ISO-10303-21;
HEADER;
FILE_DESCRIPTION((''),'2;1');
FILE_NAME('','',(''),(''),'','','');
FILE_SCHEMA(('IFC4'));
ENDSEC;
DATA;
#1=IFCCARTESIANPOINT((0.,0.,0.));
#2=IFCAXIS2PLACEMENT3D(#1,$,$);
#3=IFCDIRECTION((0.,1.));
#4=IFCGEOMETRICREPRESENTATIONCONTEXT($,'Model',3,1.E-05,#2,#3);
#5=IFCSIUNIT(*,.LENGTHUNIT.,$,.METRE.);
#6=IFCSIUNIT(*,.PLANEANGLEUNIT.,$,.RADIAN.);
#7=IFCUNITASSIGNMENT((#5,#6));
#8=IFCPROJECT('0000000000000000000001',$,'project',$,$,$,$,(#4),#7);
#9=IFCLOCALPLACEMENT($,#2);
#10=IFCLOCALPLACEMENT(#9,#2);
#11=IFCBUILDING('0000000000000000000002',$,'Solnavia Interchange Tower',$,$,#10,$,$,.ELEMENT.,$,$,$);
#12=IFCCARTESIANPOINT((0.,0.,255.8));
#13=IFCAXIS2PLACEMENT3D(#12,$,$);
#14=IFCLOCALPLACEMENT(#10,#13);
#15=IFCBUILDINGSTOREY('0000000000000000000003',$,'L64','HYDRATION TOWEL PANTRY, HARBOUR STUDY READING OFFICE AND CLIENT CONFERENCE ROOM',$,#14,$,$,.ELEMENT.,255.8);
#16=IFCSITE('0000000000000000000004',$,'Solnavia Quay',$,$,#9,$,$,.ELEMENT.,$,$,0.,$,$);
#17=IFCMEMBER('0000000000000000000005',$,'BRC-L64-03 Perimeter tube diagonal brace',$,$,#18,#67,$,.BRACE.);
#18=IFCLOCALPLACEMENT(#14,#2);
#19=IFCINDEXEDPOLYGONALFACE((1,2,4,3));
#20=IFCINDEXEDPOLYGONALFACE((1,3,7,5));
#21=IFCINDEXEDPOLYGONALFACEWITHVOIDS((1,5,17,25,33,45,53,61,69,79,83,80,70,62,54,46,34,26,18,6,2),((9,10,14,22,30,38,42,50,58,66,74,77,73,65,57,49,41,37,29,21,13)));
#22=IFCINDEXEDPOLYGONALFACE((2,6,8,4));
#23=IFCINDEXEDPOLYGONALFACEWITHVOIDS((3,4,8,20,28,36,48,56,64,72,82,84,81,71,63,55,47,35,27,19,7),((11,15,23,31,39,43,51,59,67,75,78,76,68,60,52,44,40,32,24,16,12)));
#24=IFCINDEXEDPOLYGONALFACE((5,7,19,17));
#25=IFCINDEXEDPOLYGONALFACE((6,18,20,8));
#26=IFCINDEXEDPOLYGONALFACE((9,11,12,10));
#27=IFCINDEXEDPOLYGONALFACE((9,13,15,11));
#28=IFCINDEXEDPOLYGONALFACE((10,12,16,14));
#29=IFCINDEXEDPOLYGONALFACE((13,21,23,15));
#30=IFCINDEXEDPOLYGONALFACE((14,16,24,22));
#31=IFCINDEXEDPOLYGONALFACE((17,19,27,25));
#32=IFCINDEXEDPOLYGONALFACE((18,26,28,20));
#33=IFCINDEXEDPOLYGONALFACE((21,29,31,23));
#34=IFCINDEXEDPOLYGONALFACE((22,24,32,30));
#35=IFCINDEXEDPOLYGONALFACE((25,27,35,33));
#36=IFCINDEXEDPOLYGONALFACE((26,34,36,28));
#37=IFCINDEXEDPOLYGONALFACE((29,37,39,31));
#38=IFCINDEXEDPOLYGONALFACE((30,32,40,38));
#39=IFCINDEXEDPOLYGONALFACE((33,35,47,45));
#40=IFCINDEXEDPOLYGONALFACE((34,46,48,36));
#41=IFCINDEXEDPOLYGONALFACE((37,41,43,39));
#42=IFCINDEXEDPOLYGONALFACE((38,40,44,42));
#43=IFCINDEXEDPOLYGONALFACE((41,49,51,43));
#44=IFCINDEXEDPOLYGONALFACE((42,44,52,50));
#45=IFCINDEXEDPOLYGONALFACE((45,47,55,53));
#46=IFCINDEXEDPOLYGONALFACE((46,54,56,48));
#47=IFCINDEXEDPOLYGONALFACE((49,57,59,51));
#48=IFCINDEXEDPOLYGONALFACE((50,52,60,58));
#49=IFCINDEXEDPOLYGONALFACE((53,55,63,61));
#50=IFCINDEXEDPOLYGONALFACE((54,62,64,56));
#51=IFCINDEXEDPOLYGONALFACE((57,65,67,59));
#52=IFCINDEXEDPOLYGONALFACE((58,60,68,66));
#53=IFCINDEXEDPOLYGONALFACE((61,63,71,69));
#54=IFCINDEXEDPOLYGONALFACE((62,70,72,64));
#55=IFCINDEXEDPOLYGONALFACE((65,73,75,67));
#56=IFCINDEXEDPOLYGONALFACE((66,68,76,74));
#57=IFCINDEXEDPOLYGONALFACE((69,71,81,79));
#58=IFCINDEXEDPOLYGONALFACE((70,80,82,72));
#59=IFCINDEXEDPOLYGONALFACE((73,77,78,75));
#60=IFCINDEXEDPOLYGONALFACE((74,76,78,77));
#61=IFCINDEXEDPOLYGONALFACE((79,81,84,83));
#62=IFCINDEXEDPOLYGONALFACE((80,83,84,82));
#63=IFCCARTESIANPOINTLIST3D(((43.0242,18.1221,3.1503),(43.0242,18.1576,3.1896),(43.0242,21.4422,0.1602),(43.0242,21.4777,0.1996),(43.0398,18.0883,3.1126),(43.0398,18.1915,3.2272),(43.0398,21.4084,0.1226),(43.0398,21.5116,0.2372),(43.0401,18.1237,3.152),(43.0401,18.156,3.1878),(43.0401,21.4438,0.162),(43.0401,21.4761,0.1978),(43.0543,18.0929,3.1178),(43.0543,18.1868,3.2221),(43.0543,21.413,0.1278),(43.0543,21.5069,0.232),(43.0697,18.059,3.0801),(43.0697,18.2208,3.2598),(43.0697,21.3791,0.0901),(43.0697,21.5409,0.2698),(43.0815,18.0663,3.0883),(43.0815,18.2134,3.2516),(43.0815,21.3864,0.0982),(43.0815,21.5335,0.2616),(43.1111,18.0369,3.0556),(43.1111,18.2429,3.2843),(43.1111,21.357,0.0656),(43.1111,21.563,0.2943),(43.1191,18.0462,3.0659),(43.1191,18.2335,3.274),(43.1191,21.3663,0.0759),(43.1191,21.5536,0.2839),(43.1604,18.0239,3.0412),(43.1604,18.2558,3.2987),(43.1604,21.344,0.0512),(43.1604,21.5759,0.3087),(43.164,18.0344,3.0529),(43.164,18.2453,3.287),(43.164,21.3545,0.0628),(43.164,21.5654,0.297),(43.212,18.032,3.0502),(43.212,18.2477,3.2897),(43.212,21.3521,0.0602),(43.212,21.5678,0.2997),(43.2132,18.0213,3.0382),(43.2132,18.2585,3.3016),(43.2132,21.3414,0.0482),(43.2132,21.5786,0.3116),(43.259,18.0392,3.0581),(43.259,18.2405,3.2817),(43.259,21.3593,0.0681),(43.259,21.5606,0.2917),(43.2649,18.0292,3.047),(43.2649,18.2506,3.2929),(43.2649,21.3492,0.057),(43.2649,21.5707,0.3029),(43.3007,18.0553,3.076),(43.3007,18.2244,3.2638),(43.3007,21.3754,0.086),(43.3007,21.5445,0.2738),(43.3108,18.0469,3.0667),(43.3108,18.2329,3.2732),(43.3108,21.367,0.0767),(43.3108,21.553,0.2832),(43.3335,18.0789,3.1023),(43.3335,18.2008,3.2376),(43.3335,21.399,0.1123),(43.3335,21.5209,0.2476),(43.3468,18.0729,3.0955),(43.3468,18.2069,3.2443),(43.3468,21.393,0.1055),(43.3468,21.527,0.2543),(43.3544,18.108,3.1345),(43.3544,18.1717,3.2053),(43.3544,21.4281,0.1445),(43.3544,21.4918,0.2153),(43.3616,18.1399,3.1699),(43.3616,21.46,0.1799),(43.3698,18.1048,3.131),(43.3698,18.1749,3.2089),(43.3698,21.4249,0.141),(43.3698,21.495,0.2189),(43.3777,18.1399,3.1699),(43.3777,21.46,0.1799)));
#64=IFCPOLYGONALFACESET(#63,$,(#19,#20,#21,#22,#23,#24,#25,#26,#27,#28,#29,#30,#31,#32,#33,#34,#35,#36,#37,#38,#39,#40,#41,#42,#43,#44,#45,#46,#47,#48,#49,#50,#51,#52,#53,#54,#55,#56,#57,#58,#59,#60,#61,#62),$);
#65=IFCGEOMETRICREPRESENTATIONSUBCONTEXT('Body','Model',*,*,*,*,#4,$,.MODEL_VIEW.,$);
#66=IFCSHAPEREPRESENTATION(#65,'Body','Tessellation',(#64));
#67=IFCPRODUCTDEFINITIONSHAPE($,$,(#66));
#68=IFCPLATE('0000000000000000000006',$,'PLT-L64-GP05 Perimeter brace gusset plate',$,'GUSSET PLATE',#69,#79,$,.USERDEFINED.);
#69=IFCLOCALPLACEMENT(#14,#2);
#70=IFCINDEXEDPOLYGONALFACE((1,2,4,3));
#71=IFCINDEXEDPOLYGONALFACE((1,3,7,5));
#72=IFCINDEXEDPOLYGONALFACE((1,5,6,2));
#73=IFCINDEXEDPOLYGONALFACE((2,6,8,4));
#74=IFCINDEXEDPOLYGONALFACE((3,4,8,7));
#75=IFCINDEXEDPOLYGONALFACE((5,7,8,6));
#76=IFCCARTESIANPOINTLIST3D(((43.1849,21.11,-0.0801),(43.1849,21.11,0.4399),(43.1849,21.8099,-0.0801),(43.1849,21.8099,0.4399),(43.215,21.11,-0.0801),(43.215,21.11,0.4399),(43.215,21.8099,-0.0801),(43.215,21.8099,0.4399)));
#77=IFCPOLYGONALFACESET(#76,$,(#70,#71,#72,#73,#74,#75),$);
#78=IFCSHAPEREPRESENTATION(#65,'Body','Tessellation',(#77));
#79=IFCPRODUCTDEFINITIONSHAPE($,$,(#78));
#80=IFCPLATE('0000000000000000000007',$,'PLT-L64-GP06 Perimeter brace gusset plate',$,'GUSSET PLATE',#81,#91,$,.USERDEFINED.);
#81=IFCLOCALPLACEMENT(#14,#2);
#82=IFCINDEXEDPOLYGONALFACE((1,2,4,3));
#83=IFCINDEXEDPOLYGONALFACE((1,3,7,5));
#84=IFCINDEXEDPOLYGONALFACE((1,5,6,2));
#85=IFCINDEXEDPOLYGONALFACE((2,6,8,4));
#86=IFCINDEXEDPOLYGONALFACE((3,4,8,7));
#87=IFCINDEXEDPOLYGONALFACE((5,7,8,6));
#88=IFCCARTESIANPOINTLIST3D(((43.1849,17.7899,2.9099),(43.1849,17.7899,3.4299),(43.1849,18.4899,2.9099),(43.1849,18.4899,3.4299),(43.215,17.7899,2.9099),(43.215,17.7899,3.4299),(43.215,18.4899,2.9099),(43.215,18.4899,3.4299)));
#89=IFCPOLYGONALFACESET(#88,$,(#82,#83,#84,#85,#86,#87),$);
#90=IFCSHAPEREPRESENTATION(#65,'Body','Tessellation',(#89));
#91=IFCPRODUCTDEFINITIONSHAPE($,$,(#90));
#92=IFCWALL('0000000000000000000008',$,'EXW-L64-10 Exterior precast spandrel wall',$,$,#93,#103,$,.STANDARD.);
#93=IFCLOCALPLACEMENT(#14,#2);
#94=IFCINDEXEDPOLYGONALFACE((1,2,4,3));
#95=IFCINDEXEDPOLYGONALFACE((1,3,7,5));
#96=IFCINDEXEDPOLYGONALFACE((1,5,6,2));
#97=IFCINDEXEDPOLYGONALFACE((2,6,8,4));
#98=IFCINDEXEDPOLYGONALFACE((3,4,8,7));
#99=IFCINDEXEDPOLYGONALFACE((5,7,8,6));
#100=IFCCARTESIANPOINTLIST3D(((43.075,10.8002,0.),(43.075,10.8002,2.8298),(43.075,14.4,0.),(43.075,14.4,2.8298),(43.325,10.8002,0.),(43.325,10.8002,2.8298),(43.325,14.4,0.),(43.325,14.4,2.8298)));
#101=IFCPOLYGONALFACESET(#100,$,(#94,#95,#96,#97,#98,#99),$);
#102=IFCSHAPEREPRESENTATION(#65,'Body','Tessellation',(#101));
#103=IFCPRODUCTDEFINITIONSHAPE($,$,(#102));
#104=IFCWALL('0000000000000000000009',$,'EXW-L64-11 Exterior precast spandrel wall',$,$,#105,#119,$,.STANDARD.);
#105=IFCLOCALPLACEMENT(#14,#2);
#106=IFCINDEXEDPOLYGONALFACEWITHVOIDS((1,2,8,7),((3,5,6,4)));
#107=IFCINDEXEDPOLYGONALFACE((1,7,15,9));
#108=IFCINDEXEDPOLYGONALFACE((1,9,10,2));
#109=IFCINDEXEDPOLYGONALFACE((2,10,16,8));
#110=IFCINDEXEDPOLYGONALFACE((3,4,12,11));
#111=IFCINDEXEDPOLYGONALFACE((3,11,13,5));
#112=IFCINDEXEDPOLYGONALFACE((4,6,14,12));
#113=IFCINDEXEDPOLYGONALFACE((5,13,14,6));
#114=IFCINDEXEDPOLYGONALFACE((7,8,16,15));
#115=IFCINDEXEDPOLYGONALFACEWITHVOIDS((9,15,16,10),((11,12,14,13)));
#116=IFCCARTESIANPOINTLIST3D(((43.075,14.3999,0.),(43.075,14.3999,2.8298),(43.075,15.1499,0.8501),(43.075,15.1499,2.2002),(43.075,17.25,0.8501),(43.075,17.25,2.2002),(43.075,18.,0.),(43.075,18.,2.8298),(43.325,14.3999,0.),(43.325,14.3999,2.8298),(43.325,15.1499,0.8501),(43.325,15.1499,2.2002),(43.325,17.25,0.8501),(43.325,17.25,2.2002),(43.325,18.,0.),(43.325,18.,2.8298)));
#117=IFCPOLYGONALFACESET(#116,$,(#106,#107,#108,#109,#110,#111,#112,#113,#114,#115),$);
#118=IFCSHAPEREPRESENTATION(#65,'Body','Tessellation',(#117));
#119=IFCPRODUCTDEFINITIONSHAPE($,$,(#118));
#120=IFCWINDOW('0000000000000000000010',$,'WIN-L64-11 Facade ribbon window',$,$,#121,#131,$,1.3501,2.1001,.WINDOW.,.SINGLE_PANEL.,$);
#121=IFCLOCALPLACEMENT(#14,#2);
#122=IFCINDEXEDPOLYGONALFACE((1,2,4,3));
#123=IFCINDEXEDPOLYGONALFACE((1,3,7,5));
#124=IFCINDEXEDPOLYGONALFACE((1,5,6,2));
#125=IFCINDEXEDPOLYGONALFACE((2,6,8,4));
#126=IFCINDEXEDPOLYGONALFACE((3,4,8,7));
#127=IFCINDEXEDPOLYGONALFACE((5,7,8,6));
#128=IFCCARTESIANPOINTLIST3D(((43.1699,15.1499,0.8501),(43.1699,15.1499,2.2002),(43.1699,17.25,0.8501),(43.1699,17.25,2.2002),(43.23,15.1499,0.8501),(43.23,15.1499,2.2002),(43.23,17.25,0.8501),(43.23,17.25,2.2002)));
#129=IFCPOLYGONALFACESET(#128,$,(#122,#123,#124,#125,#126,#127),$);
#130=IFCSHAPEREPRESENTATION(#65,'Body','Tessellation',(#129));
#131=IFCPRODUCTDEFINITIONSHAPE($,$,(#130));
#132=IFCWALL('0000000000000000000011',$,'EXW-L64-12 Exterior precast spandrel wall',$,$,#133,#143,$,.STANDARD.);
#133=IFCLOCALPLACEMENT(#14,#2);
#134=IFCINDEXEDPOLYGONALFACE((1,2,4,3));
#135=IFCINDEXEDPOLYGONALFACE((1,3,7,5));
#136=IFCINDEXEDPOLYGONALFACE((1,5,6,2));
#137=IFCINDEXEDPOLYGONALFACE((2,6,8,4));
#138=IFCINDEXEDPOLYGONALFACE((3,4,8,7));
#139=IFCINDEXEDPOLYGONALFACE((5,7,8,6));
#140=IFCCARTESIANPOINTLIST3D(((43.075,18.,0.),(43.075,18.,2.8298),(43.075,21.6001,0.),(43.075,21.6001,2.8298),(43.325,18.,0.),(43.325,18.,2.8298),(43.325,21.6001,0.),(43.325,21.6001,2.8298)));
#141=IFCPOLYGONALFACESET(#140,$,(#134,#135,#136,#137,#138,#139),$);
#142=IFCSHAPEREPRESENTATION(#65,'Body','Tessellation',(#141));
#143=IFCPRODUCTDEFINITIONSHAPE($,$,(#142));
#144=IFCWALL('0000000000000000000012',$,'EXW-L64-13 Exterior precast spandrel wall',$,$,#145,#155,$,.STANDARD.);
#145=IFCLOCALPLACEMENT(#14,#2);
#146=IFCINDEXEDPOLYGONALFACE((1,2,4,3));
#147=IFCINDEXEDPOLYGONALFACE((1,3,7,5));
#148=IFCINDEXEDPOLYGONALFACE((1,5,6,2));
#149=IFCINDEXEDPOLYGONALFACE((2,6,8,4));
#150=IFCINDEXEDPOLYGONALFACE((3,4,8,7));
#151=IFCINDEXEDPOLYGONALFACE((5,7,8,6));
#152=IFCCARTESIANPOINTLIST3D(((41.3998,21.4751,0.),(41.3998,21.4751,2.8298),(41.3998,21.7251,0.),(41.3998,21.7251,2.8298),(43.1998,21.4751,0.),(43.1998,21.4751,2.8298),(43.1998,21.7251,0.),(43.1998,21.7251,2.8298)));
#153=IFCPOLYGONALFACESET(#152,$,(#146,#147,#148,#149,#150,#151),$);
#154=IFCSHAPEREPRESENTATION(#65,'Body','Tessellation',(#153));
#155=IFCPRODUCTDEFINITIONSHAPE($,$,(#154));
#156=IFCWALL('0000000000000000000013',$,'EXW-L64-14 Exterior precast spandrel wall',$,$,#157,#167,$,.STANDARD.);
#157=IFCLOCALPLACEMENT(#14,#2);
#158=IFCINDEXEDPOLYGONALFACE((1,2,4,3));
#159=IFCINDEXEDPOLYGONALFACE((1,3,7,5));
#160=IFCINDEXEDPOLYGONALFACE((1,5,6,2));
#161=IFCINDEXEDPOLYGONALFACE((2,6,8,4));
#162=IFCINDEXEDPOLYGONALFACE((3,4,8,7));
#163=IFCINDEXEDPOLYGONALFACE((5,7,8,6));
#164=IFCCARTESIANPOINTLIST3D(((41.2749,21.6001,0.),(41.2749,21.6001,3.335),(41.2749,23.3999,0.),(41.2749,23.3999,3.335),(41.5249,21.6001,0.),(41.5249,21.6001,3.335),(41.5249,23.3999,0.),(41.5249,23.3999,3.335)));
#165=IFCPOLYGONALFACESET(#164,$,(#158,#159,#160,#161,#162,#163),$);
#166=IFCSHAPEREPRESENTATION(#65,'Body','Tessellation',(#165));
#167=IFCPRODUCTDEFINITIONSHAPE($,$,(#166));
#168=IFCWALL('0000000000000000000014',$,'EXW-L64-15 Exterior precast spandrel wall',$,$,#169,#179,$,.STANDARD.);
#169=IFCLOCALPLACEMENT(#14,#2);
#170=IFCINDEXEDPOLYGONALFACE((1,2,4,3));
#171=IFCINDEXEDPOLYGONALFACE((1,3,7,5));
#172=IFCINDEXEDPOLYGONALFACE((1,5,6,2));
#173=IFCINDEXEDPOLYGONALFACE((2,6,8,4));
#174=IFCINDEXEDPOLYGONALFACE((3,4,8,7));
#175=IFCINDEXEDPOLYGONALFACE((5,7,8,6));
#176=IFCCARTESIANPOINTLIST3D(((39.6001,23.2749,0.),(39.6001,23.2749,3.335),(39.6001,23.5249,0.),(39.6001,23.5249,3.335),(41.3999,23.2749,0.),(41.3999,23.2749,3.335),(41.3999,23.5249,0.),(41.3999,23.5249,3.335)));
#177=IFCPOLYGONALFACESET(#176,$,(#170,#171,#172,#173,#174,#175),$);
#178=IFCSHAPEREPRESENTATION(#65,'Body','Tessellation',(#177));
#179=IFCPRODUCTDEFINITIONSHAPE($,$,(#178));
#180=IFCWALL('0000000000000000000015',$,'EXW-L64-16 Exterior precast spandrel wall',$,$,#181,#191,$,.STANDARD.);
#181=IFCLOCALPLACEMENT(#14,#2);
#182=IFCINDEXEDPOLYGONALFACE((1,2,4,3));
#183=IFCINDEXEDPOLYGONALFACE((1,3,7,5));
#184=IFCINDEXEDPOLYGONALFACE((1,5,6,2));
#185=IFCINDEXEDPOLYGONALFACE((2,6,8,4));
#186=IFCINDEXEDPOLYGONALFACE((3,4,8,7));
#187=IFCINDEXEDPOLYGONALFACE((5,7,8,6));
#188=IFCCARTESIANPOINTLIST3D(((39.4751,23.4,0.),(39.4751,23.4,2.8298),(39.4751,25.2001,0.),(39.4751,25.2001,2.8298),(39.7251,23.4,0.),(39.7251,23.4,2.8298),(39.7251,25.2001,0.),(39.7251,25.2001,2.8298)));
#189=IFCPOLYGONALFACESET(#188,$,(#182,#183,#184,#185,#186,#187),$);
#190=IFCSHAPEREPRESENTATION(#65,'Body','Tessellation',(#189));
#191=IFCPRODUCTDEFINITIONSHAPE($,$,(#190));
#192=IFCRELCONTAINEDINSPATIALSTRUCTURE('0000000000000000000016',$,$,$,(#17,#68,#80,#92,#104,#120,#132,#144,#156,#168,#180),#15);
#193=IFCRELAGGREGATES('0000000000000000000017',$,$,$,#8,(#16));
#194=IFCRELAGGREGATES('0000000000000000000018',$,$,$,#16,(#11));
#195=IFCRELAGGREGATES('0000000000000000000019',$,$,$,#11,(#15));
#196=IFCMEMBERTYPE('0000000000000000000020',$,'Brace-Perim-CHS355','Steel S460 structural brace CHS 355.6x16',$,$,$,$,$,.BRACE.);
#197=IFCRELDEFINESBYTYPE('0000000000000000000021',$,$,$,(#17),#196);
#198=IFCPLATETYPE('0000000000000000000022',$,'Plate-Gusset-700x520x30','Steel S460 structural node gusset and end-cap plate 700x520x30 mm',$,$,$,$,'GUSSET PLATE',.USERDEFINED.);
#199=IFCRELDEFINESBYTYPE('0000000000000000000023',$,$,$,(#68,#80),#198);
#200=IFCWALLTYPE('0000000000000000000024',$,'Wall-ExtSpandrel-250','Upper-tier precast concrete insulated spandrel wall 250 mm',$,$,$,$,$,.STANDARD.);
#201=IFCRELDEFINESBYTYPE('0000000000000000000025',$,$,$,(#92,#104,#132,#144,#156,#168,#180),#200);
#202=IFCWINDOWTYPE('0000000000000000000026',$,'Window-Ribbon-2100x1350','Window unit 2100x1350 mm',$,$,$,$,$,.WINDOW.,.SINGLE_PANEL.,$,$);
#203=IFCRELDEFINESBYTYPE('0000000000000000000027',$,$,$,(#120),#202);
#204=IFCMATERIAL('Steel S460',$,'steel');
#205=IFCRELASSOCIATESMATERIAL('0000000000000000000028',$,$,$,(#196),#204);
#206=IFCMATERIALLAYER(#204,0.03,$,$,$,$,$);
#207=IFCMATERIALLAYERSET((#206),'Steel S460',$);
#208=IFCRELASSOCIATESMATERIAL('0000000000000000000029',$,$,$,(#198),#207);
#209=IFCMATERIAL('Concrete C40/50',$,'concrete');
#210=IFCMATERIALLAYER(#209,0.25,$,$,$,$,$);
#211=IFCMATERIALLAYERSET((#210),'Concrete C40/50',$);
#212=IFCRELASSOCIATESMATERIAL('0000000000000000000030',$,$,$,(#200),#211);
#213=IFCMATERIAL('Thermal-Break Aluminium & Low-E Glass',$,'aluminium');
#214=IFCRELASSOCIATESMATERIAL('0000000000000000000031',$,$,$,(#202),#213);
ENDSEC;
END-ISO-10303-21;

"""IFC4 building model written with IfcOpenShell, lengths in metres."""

from ifc_helpers import new_model, si_unit, direction, frame, frame_2d, origin, origin_2d, place, context, subcontext, project, spatial, rectangle, hollow_circle, extrude, material, layer, layer_set, material_profile, profile_set, type_object, element, fill, save


model = new_model("IFC4")

# Units and contexts
model_context = context("Model", 3, precision=1e-05, world=origin(), true_north=direction((0.0, 1.0)))
body_context = subcontext(model_context, "Body", "Model", "MODEL_VIEW")
ifc_project = project(units=[si_unit("LENGTHUNIT", "METRE"), si_unit("PLANEANGLEUNIT", "RADIAN")], contexts=[model_context])

# Site, building, storey
site_placement = place(None, origin())
site = spatial("IfcSite", under=ifc_project, at=site_placement, Name="Solnavia Quay", CompositionType="ELEMENT", RefElevation=0.0)
building_placement = place(site_placement, origin())
building = spatial("IfcBuilding", under=site, at=building_placement, Name="Solnavia Interchange Tower", CompositionType="ELEMENT")
storey_placement = place(building_placement, frame((0.0, 0.0, 255.8)))
storey = spatial("IfcBuildingStorey", under=building, at=storey_placement, Name="L64", Description="HYDRATION TOWEL PANTRY, HARBOUR STUDY READING OFFICE AND CLIENT CONFERENCE ROOM", CompositionType="ELEMENT", Elevation=255.8)

# Member
ifc_material_1 = material(Name="Steel S460", Category="steel")
ifc_material_profile_1 = material_profile(ifc_material_1, hollow_circle(Radius=0.1777, WallThickness=0.0161, at=origin_2d()), Name="CHS 355.6x16")
ifc_profile_set_1 = profile_set([ifc_material_profile_1], Name="Steel S460")
member_type = type_object("IfcMemberType", Name="Brace-Perim-CHS355", Description="Steel S460 structural brace CHS 355.6x16", PredefinedType="BRACE", material=ifc_profile_set_1)
member_placement = place(storey_placement, frame((43.2, 21.46, 0.1799), z_axis=(0.0, -0.743079, 0.669203), x_axis=(1.0, 0.0, 0.0)))
element("IfcMember", 1, at=member_placement, inside=storey, type_object=member_type, Name="BRC-L64-03 Perimeter tube diagonal brace", PredefinedType="BRACE", context=body_context, shape_type="SweptSolid", body=[
    extrude(hollow_circle(Radius=0.1777, WallThickness=0.0161, at=origin_2d()), origin(), (0.0, 0.0, 1.0), 4.468),
])

# Plates
ifc_layer_1 = layer(ifc_material_1, 0.03)
ifc_layer_set_1 = layer_set([ifc_layer_1], Name="Steel S460")
plate_type = type_object("IfcPlateType", Name="Plate-Gusset-700x520x30", Description="Steel S460 structural node gusset and end-cap plate 700x520x30 mm", ElementType="GUSSET PLATE", PredefinedType="USERDEFINED", material=ifc_layer_set_1)
for number, where, z_axis, x_axis, name in (
    (2, (43.2, 21.46, -0.0801), (0.0, 0.0, 1.0), (0.0, -1.0, 0.0), "PLT-L64-GP05 Perimeter brace gusset plate"),
    (3, (43.2, 18.1399, 2.9099), (0.0, 0.0, 1.0), (0.0, -1.0, 0.0), "PLT-L64-GP06 Perimeter brace gusset plate"),
):
    element("IfcPlate", number, at=place(storey_placement, frame(where, z_axis=z_axis, x_axis=x_axis)), inside=storey, type_object=plate_type, Name=name, ObjectType="GUSSET PLATE", PredefinedType="USERDEFINED", context=body_context, shape_type="SweptSolid", body=[
        extrude(rectangle(XDim=0.7, YDim=0.03, at=origin_2d()), origin(), (0.0, 0.0, 1.0), 0.52),
    ])

# Wall
ifc_material_2 = material(Name="Concrete C40/50", Category="concrete")
ifc_layer_2 = layer(ifc_material_2, 0.25)
ifc_layer_set_2 = layer_set([ifc_layer_2], Name="Concrete C40/50")
wall_type_1 = type_object("IfcWallType", Name="Wall-ExtSpandrel-250", Description="Upper-tier precast concrete insulated spandrel wall 250 mm", PredefinedType="STANDARD", material=ifc_layer_set_2)
wall_1_placement = place(storey_placement, frame((43.2, 14.3999, 0.0), z_axis=(0.0, 0.0, 1.0), x_axis=(0.0, -1.0, 0.0)))
element("IfcWall", 4, at=wall_1_placement, inside=storey, type_object=wall_type_1, Name="EXW-L64-10 Exterior precast spandrel wall", PredefinedType="STANDARD", context=body_context, shape_type="SweptSolid", body=[
    extrude(rectangle(XDim=3.5999, YDim=0.25, at=frame_2d((1.7998, 0.0))), origin(), (0.0, 0.0, 1.0), 2.8298),
])

# Wall, opening, window
wall_2_placement = place(storey_placement, frame((43.2, 18.0, 0.0), z_axis=(0.0, 0.0, 1.0), x_axis=(0.0, -1.0, 0.0)))
wall_2 = element("IfcWall", 5, at=wall_2_placement, inside=storey, type_object=wall_type_1, Name="EXW-L64-11 Exterior precast spandrel wall", PredefinedType="STANDARD", context=body_context, shape_type="SweptSolid", body=[
    extrude(rectangle(XDim=3.6001, YDim=0.25, at=frame_2d((1.8, 0.0))), origin(), (0.0, 0.0, 1.0), 2.8298),
])
opening_1_placement = place(wall_2_placement, frame((0.75, 0.0, 0.8501)))
opening_1 = element("IfcOpeningElement", 6, at=opening_1_placement, cuts=wall_2, PredefinedType="OPENING", context=body_context, shape_type="SweptSolid", body=[
    extrude(rectangle(XDim=2.1001, YDim=1.3501, at=frame_2d((1.05, 0.675))), frame((0.0, 0.135, 0.0), z_axis=(0.0, -1.0, 0.0), x_axis=(1.0, 0.0, 0.0)), (0.0, 0.0, 1.0), 0.27),
])
ifc_material_3 = material(Name="Thermal-Break Aluminium & Low-E Glass", Category="aluminium")
window_type = type_object("IfcWindowType", Name="Window-Ribbon-2100x1350", Description="Window unit 2100x1350 mm", PartitioningType="SINGLE_PANEL", PredefinedType="WINDOW", material=ifc_material_3)
window_1_placement = place(opening_1_placement, origin())
window_1 = element("IfcWindow", 7, at=window_1_placement, inside=storey, type_object=window_type, Name="WIN-L64-11 Facade ribbon window", OverallHeight=1.3501, OverallWidth=2.1001, PartitioningType="SINGLE_PANEL", PredefinedType="WINDOW", context=body_context, shape_type="SweptSolid", body=[
    extrude(rectangle(XDim=2.1001, YDim=1.3501, at=frame_2d((1.05, 0.675))), frame((0.0, 0.03, 0.0), z_axis=(0.0, -1.0, 0.0), x_axis=(1.0, 0.0, 0.0)), (0.0, 0.0, 1.0), 0.0601),
])
fill(opening_1, window_1)

# Walls
wall_3_placement = place(storey_placement, frame((43.2, 21.6001, 0.0), z_axis=(0.0, 0.0, 1.0), x_axis=(0.0, -1.0, 0.0)))
element("IfcWall", 8, at=wall_3_placement, inside=storey, type_object=wall_type_1, Name="EXW-L64-12 Exterior precast spandrel wall", PredefinedType="STANDARD", context=body_context, shape_type="SweptSolid", body=[
    extrude(rectangle(XDim=3.6001, YDim=0.25, at=frame_2d((1.8, 0.0))), origin(), (0.0, 0.0, 1.0), 2.8298),
])
wall_4_placement = place(storey_placement, frame((41.3999, 21.6001, 0.0), z_axis=(0.0, 0.0, 1.0), x_axis=(1.0, 0.0, 0.0)))
element("IfcWall", 9, at=wall_4_placement, inside=storey, type_object=wall_type_1, Name="EXW-L64-13 Exterior precast spandrel wall", PredefinedType="STANDARD", context=body_context, shape_type="SweptSolid", body=[
    extrude(rectangle(XDim=1.8, YDim=0.25, at=frame_2d((0.8999, 0.0))), origin(), (0.0, 0.0, 1.0), 2.8298),
])
for number, where, z_axis, x_axis, name in (
    (10, (41.3999, 23.3999, 0.0), (0.0, 0.0, 1.0), (0.0, -1.0, 0.0), "EXW-L64-14 Exterior precast spandrel wall"),
    (11, (39.6001, 23.3999, 0.0), (0.0, 0.0, 1.0), (1.0, 0.0, 0.0), "EXW-L64-15 Exterior precast spandrel wall"),
):
    element("IfcWall", number, at=place(storey_placement, frame(where, z_axis=z_axis, x_axis=x_axis)), inside=storey, type_object=wall_type_1, Name=name, PredefinedType="STANDARD", context=body_context, shape_type="SweptSolid", body=[
        extrude(rectangle(XDim=1.7998, YDim=0.25, at=frame_2d((0.8999, 0.0))), origin(), (0.0, 0.0, 1.0), 3.335),
    ])
for number, where, z_axis, x_axis, name in (
    (12, (39.6001, 25.2, 0.0), (0.0, 0.0, 1.0), (0.0, -1.0, 0.0), "EXW-L64-16 Exterior precast spandrel wall"),
):
    element("IfcWall", number, at=place(storey_placement, frame(where, z_axis=z_axis, x_axis=x_axis)), inside=storey, type_object=wall_type_1, Name=name, PredefinedType="STANDARD", context=body_context, shape_type="SweptSolid", body=[
        extrude(rectangle(XDim=1.8, YDim=0.25, at=frame_2d((0.8999, 0.0))), origin(), (0.0, 0.0, 1.0), 2.8298),
    ])

save(model, "model.ifc")
